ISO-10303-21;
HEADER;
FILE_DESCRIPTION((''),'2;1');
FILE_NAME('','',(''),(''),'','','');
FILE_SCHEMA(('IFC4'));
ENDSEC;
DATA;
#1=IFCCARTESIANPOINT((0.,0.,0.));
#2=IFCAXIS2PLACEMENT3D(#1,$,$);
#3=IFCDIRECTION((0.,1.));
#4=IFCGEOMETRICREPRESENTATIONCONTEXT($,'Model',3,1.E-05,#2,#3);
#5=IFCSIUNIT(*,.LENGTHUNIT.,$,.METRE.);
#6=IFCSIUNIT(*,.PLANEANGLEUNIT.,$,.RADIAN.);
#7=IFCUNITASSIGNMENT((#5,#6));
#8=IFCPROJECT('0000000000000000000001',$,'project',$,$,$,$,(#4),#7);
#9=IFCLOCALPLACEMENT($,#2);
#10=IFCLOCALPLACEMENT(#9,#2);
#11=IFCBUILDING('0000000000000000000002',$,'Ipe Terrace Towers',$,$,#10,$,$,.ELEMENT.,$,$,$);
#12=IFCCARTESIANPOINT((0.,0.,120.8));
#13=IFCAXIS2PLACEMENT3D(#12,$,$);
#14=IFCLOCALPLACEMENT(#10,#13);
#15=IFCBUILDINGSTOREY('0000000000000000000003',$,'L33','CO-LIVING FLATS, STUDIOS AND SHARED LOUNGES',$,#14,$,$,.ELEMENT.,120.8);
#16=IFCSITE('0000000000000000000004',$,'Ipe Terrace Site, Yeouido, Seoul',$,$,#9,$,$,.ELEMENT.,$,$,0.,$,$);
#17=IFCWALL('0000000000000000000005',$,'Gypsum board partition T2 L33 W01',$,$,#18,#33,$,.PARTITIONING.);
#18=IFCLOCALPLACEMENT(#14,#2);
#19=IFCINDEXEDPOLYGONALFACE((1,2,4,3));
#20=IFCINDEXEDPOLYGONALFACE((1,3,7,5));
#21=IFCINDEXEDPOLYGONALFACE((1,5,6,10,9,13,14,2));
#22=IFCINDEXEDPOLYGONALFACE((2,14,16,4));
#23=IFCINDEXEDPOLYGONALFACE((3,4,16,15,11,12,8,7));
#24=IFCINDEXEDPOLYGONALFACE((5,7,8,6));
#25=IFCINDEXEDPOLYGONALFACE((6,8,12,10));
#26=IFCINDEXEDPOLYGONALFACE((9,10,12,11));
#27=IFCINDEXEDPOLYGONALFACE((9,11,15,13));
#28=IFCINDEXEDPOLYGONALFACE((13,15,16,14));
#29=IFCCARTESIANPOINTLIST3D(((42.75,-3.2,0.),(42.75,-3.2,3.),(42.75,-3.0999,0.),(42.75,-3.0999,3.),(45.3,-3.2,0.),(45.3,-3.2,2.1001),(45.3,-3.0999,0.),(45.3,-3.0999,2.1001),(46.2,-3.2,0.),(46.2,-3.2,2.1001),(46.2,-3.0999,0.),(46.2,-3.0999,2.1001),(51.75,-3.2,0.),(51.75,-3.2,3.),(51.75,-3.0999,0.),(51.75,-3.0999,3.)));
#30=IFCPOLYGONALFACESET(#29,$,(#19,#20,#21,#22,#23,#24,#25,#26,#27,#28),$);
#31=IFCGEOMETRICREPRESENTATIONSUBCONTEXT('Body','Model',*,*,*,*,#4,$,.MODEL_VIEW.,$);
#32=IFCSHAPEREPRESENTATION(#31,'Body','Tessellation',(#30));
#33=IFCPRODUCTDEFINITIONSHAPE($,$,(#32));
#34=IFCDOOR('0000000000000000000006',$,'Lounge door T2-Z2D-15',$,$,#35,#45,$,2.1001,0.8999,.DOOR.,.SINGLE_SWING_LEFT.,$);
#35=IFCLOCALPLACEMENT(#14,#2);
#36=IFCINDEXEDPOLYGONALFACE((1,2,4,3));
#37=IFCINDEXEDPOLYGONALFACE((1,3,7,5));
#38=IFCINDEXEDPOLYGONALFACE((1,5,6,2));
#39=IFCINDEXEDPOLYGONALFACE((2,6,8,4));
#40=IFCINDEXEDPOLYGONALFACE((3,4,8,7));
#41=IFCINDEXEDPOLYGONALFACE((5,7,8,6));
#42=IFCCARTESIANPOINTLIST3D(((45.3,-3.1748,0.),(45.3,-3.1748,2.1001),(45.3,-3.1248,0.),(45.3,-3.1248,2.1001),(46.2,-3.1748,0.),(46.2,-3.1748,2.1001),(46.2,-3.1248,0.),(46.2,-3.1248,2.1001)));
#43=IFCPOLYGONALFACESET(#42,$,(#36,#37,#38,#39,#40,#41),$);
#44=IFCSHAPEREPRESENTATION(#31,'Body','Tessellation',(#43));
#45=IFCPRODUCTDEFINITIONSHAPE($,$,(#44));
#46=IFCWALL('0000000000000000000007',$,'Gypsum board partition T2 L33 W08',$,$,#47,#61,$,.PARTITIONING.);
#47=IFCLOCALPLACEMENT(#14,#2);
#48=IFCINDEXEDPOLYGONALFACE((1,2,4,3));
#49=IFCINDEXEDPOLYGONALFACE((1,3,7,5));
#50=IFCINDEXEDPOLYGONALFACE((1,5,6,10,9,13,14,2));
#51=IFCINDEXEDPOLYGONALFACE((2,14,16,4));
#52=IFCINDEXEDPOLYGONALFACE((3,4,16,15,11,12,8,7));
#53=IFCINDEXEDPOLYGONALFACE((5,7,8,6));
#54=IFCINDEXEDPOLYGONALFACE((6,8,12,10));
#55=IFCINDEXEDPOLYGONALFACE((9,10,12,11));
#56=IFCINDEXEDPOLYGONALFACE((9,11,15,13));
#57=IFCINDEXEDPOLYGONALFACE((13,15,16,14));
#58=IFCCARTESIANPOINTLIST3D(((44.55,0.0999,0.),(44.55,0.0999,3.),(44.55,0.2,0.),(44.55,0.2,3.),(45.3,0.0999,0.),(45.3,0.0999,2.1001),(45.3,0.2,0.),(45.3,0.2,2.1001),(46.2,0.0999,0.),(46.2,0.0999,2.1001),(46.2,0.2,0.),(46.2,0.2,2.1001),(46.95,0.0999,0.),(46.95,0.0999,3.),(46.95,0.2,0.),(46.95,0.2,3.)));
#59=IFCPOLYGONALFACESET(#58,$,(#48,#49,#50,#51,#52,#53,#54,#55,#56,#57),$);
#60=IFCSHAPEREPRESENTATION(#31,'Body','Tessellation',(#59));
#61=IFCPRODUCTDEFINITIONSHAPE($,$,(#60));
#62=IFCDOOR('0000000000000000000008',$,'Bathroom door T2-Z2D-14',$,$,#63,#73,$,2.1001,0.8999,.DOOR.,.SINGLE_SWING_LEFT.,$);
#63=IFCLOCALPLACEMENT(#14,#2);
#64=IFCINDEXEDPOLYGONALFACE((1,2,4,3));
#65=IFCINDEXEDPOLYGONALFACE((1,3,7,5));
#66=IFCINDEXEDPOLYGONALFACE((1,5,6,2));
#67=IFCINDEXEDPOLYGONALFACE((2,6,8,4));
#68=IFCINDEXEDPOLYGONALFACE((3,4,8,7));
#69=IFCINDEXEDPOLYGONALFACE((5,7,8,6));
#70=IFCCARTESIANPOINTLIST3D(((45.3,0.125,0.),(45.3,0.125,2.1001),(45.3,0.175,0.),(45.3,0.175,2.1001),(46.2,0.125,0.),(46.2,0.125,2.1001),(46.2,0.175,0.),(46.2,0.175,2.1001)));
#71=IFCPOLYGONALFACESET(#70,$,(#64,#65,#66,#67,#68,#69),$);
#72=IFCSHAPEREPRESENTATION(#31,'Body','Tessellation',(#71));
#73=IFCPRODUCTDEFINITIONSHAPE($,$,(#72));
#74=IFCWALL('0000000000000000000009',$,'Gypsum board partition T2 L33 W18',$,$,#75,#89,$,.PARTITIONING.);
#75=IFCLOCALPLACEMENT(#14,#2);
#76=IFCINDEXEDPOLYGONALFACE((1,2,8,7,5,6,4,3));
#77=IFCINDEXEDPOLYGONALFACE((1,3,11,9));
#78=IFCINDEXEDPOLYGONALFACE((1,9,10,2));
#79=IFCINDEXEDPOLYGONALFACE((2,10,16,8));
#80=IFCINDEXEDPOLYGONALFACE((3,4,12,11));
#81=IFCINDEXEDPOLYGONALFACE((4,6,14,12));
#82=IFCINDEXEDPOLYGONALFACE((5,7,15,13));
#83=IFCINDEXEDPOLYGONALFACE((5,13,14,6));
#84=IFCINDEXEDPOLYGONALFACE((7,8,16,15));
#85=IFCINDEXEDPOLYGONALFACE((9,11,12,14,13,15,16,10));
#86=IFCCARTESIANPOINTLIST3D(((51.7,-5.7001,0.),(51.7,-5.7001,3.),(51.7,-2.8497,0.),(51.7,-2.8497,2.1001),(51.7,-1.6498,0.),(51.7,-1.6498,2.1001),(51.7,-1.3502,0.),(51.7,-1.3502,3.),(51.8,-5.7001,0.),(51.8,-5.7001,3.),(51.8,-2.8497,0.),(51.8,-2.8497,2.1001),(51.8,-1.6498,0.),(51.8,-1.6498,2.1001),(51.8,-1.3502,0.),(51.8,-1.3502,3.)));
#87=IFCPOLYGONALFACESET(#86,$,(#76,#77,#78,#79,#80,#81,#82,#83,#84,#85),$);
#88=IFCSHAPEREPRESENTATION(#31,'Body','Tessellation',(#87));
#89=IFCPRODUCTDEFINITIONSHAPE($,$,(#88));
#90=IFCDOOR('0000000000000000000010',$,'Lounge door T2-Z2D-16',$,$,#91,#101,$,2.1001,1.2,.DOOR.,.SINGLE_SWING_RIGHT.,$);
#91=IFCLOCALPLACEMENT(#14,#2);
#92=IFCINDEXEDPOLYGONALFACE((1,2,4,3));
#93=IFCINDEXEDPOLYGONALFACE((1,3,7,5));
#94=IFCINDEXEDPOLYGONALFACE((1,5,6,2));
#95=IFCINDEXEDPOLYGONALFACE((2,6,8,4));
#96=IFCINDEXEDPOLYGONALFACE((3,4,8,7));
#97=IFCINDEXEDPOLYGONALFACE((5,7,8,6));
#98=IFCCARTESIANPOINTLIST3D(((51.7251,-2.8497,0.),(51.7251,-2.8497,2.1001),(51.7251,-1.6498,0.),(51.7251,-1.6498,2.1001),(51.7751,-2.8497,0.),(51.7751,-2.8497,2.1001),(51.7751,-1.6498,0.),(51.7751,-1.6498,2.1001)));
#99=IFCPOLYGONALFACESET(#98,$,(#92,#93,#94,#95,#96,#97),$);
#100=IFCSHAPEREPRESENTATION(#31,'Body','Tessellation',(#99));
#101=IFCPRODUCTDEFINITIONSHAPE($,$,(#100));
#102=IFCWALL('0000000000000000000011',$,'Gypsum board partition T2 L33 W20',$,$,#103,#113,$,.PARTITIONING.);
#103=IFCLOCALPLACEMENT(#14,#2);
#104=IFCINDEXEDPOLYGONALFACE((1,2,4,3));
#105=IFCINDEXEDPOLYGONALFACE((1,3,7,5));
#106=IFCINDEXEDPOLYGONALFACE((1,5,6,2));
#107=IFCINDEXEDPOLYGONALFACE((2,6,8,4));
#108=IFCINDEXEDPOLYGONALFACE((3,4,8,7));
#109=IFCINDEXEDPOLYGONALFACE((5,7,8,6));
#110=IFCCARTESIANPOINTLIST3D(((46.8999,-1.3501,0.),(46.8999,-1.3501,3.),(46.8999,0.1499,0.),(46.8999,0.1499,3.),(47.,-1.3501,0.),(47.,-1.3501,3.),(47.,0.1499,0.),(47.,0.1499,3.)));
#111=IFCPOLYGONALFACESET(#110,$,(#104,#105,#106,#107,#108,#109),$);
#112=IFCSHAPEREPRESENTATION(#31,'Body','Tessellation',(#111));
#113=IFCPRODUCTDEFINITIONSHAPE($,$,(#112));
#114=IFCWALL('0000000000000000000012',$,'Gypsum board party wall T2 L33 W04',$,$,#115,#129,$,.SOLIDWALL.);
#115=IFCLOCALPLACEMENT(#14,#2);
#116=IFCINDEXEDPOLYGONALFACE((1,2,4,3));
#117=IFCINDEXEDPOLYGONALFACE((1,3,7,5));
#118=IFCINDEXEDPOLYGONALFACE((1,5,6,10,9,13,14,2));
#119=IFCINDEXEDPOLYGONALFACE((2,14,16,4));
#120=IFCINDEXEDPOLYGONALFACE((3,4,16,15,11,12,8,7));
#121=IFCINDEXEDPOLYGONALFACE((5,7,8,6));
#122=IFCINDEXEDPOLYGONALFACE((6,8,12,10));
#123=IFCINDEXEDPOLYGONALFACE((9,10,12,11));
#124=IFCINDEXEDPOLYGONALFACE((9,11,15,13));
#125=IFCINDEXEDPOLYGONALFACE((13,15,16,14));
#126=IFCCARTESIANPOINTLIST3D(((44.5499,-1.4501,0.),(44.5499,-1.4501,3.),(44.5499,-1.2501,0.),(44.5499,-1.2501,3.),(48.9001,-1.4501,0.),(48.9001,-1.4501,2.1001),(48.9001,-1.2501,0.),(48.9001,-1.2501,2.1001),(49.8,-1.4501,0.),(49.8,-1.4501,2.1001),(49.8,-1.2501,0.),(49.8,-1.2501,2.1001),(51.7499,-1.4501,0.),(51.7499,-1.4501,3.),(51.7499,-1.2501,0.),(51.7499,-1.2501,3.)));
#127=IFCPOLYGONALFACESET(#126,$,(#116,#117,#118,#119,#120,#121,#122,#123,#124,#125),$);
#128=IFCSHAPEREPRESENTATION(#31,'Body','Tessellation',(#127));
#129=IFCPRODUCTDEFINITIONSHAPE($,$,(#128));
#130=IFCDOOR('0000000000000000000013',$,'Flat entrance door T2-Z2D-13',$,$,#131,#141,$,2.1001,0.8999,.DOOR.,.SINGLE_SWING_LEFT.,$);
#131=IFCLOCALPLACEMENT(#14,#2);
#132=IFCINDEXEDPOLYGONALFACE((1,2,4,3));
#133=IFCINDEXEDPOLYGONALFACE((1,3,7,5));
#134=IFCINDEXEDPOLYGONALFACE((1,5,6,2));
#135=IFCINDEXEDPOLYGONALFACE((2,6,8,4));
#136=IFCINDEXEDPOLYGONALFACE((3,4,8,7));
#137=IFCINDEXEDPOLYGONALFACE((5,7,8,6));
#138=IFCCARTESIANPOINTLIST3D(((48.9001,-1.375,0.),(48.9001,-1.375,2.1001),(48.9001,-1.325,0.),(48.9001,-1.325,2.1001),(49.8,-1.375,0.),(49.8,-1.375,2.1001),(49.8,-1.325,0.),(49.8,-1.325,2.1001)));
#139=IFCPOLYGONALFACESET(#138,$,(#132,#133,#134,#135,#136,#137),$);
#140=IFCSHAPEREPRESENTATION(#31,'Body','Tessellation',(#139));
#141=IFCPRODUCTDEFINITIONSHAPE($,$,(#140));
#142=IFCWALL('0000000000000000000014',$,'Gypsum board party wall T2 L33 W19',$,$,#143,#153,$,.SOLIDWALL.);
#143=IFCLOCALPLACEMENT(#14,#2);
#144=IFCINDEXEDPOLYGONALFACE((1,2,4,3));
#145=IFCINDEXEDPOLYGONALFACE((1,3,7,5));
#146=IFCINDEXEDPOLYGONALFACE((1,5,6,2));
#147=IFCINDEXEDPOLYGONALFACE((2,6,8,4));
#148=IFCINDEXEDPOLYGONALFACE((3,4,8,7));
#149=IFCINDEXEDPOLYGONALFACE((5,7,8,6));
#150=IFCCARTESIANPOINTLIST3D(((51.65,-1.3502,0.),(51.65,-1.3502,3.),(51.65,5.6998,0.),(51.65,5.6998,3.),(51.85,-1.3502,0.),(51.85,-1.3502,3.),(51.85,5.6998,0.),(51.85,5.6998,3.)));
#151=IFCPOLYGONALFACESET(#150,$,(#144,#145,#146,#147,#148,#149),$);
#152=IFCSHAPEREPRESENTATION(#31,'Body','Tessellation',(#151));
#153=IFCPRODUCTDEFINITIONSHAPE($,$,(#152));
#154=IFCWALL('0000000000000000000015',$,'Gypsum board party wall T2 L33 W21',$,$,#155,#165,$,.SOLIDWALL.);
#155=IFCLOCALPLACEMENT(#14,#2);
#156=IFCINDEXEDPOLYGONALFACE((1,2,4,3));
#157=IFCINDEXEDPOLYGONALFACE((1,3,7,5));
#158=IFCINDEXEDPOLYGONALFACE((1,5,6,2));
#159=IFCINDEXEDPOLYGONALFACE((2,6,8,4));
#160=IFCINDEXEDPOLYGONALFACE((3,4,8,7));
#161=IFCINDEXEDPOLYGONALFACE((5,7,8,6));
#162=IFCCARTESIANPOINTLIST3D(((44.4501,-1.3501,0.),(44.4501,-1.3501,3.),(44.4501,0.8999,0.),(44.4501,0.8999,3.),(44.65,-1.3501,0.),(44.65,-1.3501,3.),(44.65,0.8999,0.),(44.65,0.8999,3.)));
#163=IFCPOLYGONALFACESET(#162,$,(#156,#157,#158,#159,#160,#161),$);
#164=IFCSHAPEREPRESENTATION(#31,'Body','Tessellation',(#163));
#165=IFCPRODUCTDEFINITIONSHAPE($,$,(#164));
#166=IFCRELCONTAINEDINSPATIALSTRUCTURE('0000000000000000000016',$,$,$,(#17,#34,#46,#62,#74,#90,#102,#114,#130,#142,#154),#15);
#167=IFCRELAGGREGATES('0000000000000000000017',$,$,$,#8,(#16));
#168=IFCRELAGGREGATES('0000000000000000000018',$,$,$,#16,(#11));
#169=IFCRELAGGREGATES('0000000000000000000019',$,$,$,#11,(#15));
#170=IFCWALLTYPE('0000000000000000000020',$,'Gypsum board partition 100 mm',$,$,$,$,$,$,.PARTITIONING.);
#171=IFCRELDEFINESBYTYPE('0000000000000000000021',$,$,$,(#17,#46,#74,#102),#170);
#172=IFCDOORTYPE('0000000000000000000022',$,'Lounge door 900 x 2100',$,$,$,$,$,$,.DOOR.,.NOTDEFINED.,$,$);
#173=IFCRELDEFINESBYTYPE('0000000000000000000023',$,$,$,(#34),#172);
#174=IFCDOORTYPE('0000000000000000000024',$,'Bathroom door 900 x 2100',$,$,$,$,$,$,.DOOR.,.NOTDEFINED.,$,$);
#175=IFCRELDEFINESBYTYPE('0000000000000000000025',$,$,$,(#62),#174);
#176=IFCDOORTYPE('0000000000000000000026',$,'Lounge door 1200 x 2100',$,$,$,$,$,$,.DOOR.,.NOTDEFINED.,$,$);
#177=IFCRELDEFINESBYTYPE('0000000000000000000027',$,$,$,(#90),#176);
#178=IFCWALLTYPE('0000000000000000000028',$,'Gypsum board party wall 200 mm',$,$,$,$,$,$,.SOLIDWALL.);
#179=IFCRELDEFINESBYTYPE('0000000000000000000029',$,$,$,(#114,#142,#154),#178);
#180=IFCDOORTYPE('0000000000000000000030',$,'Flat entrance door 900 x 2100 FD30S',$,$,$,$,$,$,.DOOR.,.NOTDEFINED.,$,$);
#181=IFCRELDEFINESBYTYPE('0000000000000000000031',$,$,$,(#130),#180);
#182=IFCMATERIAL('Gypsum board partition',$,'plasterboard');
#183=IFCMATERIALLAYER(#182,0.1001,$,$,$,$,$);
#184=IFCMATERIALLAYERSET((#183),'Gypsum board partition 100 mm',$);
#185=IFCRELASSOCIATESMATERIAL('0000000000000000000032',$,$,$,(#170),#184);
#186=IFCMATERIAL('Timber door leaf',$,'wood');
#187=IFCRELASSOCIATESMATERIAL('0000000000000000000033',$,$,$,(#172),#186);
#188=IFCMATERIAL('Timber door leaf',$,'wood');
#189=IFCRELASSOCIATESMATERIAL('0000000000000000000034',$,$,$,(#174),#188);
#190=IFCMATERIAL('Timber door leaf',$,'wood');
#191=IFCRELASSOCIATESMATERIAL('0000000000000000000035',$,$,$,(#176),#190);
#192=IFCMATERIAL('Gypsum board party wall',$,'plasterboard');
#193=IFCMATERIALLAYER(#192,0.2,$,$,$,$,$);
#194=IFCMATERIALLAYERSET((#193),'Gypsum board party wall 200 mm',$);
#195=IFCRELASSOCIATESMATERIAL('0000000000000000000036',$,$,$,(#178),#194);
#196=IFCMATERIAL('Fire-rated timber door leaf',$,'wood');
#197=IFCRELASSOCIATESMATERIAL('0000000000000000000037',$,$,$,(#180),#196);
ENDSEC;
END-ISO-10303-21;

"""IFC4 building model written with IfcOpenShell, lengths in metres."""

from ifc_helpers import new_model, si_unit, direction, frame, frame_2d, origin, place, context, subcontext, project, spatial, rectangle, extrude, material, layer, layer_set, type_object, element, fill, save


model = new_model("IFC4")

# Units and contexts
model_context = context("Model", 3, precision=1e-05, world=origin(), true_north=direction((0.0, 1.0)))
body_context = subcontext(model_context, "Body", "Model", "MODEL_VIEW")
ifc_project = project(units=[si_unit("LENGTHUNIT", "METRE"), si_unit("PLANEANGLEUNIT", "RADIAN")], contexts=[model_context])

# Site, building, storey
site_placement = place(None, origin())
site = spatial("IfcSite", under=ifc_project, at=site_placement, Name="Ipe Terrace Site, Yeouido, Seoul", CompositionType="ELEMENT", RefElevation=0.0)
building_placement = place(site_placement, origin())
building = spatial("IfcBuilding", under=site, at=building_placement, Name="Ipe Terrace Towers", CompositionType="ELEMENT")
storey_placement = place(building_placement, frame((0.0, 0.0, 120.8)))
storey = spatial("IfcBuildingStorey", under=building, at=storey_placement, Name="L33", Description="CO-LIVING FLATS, STUDIOS AND SHARED LOUNGES", CompositionType="ELEMENT", Elevation=120.8)

# Walls, openings, doors
ifc_material_1 = material(Name="Gypsum board partition", Category="plasterboard")
ifc_layer_1 = layer(ifc_material_1, 0.1001)
ifc_layer_set_1 = layer_set([ifc_layer_1], Name="Gypsum board partition 100 mm")
wall_type_1 = type_object("IfcWallType", Name="Gypsum board partition 100 mm", PredefinedType="PARTITIONING", material=ifc_layer_set_1)
wall_1_placement = place(storey_placement, frame((51.75, -3.1499, 0.0), z_axis=(0.0, 0.0, 1.0), x_axis=(-1.0, 0.0, 0.0)))
wall_1 = element("IfcWall", 1, at=wall_1_placement, inside=storey, type_object=wall_type_1, Name="Gypsum board partition T2 L33 W01", PredefinedType="PARTITIONING", context=body_context, shape_type="SweptSolid", body=[
    extrude(rectangle(XDim=9.0, YDim=0.1001, at=frame_2d((4.5, 0.0))), origin(), (0.0, 0.0, 1.0), 3.0),
])
opening_1_placement = place(wall_1_placement, frame((5.55, 0.0, 0.0)))
opening_1 = element("IfcOpeningElement", 2, at=opening_1_placement, cuts=wall_1, PredefinedType="OPENING", context=body_context, shape_type="SweptSolid", body=[
    extrude(rectangle(XDim=0.8999, YDim=2.1001, at=frame_2d((0.45, 1.05))), frame((0.0, 0.0601, 0.0), z_axis=(0.0, -1.0, 0.0), x_axis=(1.0, 0.0, 0.0)), (0.0, 0.0, 1.0), 0.1201),
])
ifc_material_2 = material(Name="Timber door leaf", Category="wood")
door_type_1 = type_object("IfcDoorType", Name="Lounge door 900 x 2100", OperationType="NOTDEFINED", PredefinedType="DOOR", material=ifc_material_2)
door_1_placement = place(opening_1_placement, origin())
door_1 = element("IfcDoor", 3, at=door_1_placement, inside=storey, type_object=door_type_1, Name="Lounge door T2-Z2D-15", OperationType="SINGLE_SWING_LEFT", OverallHeight=2.1001, OverallWidth=0.8999, PredefinedType="DOOR", context=body_context, shape_type="SweptSolid", body=[
    extrude(rectangle(XDim=0.8999, YDim=2.1001, at=frame_2d((0.45, 1.05))), frame((0.0, 0.0249, 0.0), z_axis=(0.0, -1.0, 0.0), x_axis=(1.0, 0.0, 0.0)), (0.0, 0.0, 1.0), 0.05),
])
fill(opening_1, door_1)
wall_2_placement = place(storey_placement, frame((46.95, 0.1499, 0.0), z_axis=(0.0, 0.0, 1.0), x_axis=(-1.0, 0.0, 0.0)))
wall_2 = element("IfcWall", 4, at=wall_2_placement, inside=storey, type_object=wall_type_1, Name="Gypsum board partition T2 L33 W08", PredefinedType="PARTITIONING", context=body_context, shape_type="SweptSolid", body=[
    extrude(rectangle(XDim=2.3999, YDim=0.1001, at=frame_2d((1.2, 0.0))), origin(), (0.0, 0.0, 1.0), 3.0),
])
opening_2_placement = place(wall_2_placement, frame((0.75, 0.0, 0.0)))
opening_2 = element("IfcOpeningElement", 5, at=opening_2_placement, cuts=wall_2, PredefinedType="OPENING", context=body_context, shape_type="SweptSolid", body=[
    extrude(rectangle(XDim=0.8999, YDim=2.1001, at=frame_2d((0.45, 1.05))), frame((0.0, 0.0601, 0.0), z_axis=(0.0, -1.0, 0.0), x_axis=(1.0, 0.0, 0.0)), (0.0, 0.0, 1.0), 0.1201),
])
ifc_material_3 = material(Name="Timber door leaf", Category="wood")
door_type_2 = type_object("IfcDoorType", Name="Bathroom door 900 x 2100", OperationType="NOTDEFINED", PredefinedType="DOOR", material=ifc_material_3)
door_2_placement = place(opening_2_placement, origin())
door_2 = element("IfcDoor", 6, at=door_2_placement, inside=storey, type_object=door_type_2, Name="Bathroom door T2-Z2D-14", OperationType="SINGLE_SWING_LEFT", OverallHeight=2.1001, OverallWidth=0.8999, PredefinedType="DOOR", context=body_context, shape_type="SweptSolid", body=[
    extrude(rectangle(XDim=0.8999, YDim=2.1001, at=frame_2d((0.45, 1.05))), frame((0.0, 0.0249, 0.0), z_axis=(0.0, -1.0, 0.0), x_axis=(1.0, 0.0, 0.0)), (0.0, 0.0, 1.0), 0.05),
])
fill(opening_2, door_2)
wall_3_placement = place(storey_placement, frame((51.75, -5.7, 0.0), z_axis=(0.0, 0.0, 1.0), x_axis=(0.0, 1.0, 0.0)))
wall_3 = element("IfcWall", 7, at=wall_3_placement, inside=storey, type_object=wall_type_1, Name="Gypsum board partition T2 L33 W18", PredefinedType="PARTITIONING", context=body_context, shape_type="SweptSolid", body=[
    extrude(rectangle(XDim=4.3499, YDim=0.1001, at=frame_2d((2.1748, 0.0))), origin(), (0.0, 0.0, 1.0), 3.0),
])
opening_3_placement = place(wall_3_placement, frame((2.8501, 0.0, 0.0)))
opening_3 = element("IfcOpeningElement", 8, at=opening_3_placement, cuts=wall_3, PredefinedType="OPENING", context=body_context, shape_type="SweptSolid", body=[
    extrude(rectangle(XDim=1.2, YDim=2.1001, at=frame_2d((0.6001, 1.05))), frame((0.0, 0.0601, 0.0), z_axis=(0.0, -1.0, 0.0), x_axis=(1.0, 0.0, 0.0)), (0.0, 0.0, 1.0), 0.1201),
])
ifc_material_4 = material(Name="Timber door leaf", Category="wood")
door_type_3 = type_object("IfcDoorType", Name="Lounge door 1200 x 2100", OperationType="NOTDEFINED", PredefinedType="DOOR", material=ifc_material_4)
door_3_placement = place(opening_3_placement, origin())
door_3 = element("IfcDoor", 9, at=door_3_placement, inside=storey, type_object=door_type_3, Name="Lounge door T2-Z2D-16", OperationType="SINGLE_SWING_RIGHT", OverallHeight=2.1001, OverallWidth=1.2, PredefinedType="DOOR", context=body_context, shape_type="SweptSolid", body=[
    extrude(rectangle(XDim=1.2, YDim=2.1001, at=frame_2d((0.6001, 1.05))), frame((0.0, 0.0249, 0.0), z_axis=(0.0, -1.0, 0.0), x_axis=(1.0, 0.0, 0.0)), (0.0, 0.0, 1.0), 0.05),
])
fill(opening_3, door_3)

# Wall
wall_4_placement = place(storey_placement, frame((46.95, -1.3501, 0.0), z_axis=(0.0, 0.0, 1.0), x_axis=(0.0, 1.0, 0.0)))
element("IfcWall", 10, at=wall_4_placement, inside=storey, type_object=wall_type_1, Name="Gypsum board partition T2 L33 W20", PredefinedType="PARTITIONING", context=body_context, shape_type="SweptSolid", body=[
    extrude(rectangle(XDim=1.5, YDim=0.1001, at=frame_2d((0.75, 0.0))), origin(), (0.0, 0.0, 1.0), 3.0),
])

# Wall, opening, door
ifc_material_5 = material(Name="Gypsum board party wall", Category="plasterboard")
ifc_layer_2 = layer(ifc_material_5, 0.2)
ifc_layer_set_2 = layer_set([ifc_layer_2], Name="Gypsum board party wall 200 mm")
wall_type_2 = type_object("IfcWallType", Name="Gypsum board party wall 200 mm", PredefinedType="SOLIDWALL", material=ifc_layer_set_2)
wall_5_placement = place(storey_placement, frame((51.75, -1.3501, 0.0), z_axis=(0.0, 0.0, 1.0), x_axis=(-1.0, 0.0, 0.0)))
wall_5 = element("IfcWall", 11, at=wall_5_placement, inside=storey, type_object=wall_type_2, Name="Gypsum board party wall T2 L33 W04", PredefinedType="SOLIDWALL", context=body_context, shape_type="SweptSolid", body=[
    extrude(rectangle(XDim=7.2, YDim=0.2, at=frame_2d((3.6001, 0.0))), origin(), (0.0, 0.0, 1.0), 3.0),
])
opening_4_placement = place(wall_5_placement, frame((1.95, 0.0, 0.0)))
opening_4 = element("IfcOpeningElement", 12, at=opening_4_placement, cuts=wall_5, PredefinedType="OPENING", context=body_context, shape_type="SweptSolid", body=[
    extrude(rectangle(XDim=0.8999, YDim=2.1001, at=frame_2d((0.45, 1.05))), frame((0.0, 0.1099, 0.0), z_axis=(0.0, -1.0, 0.0), x_axis=(1.0, 0.0, 0.0)), (0.0, 0.0, 1.0), 0.22),
])
ifc_material_6 = material(Name="Fire-rated timber door leaf", Category="wood")
door_type_4 = type_object("IfcDoorType", Name="Flat entrance door 900 x 2100 FD30S", OperationType="NOTDEFINED", PredefinedType="DOOR", material=ifc_material_6)
door_4_placement = place(opening_4_placement, origin())
door_4 = element("IfcDoor", 13, at=door_4_placement, inside=storey, type_object=door_type_4, Name="Flat entrance door T2-Z2D-13", OperationType="SINGLE_SWING_LEFT", OverallHeight=2.1001, OverallWidth=0.8999, PredefinedType="DOOR", context=body_context, shape_type="SweptSolid", body=[
    extrude(rectangle(XDim=0.8999, YDim=2.1001, at=frame_2d((0.45, 1.05))), frame((0.0, 0.0249, 0.0), z_axis=(0.0, -1.0, 0.0), x_axis=(1.0, 0.0, 0.0)), (0.0, 0.0, 1.0), 0.05),
])
fill(opening_4, door_4)

# Walls
wall_6_placement = place(storey_placement, frame((51.75, -1.3501, 0.0), z_axis=(0.0, 0.0, 1.0), x_axis=(0.0, 1.0, 0.0)))
element("IfcWall", 14, at=wall_6_placement, inside=storey, type_object=wall_type_2, Name="Gypsum board party wall T2 L33 W19", PredefinedType="SOLIDWALL", context=body_context, shape_type="SweptSolid", body=[
    extrude(rectangle(XDim=7.05, YDim=0.2, at=frame_2d((3.5249, 0.0))), origin(), (0.0, 0.0, 1.0), 3.0),
])
wall_7_placement = place(storey_placement, frame((44.55, -1.3501, 0.0), z_axis=(0.0, 0.0, 1.0), x_axis=(0.0, 1.0, 0.0)))
element("IfcWall", 15, at=wall_7_placement, inside=storey, type_object=wall_type_2, Name="Gypsum board party wall T2 L33 W21", PredefinedType="SOLIDWALL", context=body_context, shape_type="SweptSolid", body=[
    extrude(rectangle(XDim=2.25, YDim=0.2, at=frame_2d((1.125, 0.0))), origin(), (0.0, 0.0, 1.0), 3.0),
])

save(model, "model.ifc")
